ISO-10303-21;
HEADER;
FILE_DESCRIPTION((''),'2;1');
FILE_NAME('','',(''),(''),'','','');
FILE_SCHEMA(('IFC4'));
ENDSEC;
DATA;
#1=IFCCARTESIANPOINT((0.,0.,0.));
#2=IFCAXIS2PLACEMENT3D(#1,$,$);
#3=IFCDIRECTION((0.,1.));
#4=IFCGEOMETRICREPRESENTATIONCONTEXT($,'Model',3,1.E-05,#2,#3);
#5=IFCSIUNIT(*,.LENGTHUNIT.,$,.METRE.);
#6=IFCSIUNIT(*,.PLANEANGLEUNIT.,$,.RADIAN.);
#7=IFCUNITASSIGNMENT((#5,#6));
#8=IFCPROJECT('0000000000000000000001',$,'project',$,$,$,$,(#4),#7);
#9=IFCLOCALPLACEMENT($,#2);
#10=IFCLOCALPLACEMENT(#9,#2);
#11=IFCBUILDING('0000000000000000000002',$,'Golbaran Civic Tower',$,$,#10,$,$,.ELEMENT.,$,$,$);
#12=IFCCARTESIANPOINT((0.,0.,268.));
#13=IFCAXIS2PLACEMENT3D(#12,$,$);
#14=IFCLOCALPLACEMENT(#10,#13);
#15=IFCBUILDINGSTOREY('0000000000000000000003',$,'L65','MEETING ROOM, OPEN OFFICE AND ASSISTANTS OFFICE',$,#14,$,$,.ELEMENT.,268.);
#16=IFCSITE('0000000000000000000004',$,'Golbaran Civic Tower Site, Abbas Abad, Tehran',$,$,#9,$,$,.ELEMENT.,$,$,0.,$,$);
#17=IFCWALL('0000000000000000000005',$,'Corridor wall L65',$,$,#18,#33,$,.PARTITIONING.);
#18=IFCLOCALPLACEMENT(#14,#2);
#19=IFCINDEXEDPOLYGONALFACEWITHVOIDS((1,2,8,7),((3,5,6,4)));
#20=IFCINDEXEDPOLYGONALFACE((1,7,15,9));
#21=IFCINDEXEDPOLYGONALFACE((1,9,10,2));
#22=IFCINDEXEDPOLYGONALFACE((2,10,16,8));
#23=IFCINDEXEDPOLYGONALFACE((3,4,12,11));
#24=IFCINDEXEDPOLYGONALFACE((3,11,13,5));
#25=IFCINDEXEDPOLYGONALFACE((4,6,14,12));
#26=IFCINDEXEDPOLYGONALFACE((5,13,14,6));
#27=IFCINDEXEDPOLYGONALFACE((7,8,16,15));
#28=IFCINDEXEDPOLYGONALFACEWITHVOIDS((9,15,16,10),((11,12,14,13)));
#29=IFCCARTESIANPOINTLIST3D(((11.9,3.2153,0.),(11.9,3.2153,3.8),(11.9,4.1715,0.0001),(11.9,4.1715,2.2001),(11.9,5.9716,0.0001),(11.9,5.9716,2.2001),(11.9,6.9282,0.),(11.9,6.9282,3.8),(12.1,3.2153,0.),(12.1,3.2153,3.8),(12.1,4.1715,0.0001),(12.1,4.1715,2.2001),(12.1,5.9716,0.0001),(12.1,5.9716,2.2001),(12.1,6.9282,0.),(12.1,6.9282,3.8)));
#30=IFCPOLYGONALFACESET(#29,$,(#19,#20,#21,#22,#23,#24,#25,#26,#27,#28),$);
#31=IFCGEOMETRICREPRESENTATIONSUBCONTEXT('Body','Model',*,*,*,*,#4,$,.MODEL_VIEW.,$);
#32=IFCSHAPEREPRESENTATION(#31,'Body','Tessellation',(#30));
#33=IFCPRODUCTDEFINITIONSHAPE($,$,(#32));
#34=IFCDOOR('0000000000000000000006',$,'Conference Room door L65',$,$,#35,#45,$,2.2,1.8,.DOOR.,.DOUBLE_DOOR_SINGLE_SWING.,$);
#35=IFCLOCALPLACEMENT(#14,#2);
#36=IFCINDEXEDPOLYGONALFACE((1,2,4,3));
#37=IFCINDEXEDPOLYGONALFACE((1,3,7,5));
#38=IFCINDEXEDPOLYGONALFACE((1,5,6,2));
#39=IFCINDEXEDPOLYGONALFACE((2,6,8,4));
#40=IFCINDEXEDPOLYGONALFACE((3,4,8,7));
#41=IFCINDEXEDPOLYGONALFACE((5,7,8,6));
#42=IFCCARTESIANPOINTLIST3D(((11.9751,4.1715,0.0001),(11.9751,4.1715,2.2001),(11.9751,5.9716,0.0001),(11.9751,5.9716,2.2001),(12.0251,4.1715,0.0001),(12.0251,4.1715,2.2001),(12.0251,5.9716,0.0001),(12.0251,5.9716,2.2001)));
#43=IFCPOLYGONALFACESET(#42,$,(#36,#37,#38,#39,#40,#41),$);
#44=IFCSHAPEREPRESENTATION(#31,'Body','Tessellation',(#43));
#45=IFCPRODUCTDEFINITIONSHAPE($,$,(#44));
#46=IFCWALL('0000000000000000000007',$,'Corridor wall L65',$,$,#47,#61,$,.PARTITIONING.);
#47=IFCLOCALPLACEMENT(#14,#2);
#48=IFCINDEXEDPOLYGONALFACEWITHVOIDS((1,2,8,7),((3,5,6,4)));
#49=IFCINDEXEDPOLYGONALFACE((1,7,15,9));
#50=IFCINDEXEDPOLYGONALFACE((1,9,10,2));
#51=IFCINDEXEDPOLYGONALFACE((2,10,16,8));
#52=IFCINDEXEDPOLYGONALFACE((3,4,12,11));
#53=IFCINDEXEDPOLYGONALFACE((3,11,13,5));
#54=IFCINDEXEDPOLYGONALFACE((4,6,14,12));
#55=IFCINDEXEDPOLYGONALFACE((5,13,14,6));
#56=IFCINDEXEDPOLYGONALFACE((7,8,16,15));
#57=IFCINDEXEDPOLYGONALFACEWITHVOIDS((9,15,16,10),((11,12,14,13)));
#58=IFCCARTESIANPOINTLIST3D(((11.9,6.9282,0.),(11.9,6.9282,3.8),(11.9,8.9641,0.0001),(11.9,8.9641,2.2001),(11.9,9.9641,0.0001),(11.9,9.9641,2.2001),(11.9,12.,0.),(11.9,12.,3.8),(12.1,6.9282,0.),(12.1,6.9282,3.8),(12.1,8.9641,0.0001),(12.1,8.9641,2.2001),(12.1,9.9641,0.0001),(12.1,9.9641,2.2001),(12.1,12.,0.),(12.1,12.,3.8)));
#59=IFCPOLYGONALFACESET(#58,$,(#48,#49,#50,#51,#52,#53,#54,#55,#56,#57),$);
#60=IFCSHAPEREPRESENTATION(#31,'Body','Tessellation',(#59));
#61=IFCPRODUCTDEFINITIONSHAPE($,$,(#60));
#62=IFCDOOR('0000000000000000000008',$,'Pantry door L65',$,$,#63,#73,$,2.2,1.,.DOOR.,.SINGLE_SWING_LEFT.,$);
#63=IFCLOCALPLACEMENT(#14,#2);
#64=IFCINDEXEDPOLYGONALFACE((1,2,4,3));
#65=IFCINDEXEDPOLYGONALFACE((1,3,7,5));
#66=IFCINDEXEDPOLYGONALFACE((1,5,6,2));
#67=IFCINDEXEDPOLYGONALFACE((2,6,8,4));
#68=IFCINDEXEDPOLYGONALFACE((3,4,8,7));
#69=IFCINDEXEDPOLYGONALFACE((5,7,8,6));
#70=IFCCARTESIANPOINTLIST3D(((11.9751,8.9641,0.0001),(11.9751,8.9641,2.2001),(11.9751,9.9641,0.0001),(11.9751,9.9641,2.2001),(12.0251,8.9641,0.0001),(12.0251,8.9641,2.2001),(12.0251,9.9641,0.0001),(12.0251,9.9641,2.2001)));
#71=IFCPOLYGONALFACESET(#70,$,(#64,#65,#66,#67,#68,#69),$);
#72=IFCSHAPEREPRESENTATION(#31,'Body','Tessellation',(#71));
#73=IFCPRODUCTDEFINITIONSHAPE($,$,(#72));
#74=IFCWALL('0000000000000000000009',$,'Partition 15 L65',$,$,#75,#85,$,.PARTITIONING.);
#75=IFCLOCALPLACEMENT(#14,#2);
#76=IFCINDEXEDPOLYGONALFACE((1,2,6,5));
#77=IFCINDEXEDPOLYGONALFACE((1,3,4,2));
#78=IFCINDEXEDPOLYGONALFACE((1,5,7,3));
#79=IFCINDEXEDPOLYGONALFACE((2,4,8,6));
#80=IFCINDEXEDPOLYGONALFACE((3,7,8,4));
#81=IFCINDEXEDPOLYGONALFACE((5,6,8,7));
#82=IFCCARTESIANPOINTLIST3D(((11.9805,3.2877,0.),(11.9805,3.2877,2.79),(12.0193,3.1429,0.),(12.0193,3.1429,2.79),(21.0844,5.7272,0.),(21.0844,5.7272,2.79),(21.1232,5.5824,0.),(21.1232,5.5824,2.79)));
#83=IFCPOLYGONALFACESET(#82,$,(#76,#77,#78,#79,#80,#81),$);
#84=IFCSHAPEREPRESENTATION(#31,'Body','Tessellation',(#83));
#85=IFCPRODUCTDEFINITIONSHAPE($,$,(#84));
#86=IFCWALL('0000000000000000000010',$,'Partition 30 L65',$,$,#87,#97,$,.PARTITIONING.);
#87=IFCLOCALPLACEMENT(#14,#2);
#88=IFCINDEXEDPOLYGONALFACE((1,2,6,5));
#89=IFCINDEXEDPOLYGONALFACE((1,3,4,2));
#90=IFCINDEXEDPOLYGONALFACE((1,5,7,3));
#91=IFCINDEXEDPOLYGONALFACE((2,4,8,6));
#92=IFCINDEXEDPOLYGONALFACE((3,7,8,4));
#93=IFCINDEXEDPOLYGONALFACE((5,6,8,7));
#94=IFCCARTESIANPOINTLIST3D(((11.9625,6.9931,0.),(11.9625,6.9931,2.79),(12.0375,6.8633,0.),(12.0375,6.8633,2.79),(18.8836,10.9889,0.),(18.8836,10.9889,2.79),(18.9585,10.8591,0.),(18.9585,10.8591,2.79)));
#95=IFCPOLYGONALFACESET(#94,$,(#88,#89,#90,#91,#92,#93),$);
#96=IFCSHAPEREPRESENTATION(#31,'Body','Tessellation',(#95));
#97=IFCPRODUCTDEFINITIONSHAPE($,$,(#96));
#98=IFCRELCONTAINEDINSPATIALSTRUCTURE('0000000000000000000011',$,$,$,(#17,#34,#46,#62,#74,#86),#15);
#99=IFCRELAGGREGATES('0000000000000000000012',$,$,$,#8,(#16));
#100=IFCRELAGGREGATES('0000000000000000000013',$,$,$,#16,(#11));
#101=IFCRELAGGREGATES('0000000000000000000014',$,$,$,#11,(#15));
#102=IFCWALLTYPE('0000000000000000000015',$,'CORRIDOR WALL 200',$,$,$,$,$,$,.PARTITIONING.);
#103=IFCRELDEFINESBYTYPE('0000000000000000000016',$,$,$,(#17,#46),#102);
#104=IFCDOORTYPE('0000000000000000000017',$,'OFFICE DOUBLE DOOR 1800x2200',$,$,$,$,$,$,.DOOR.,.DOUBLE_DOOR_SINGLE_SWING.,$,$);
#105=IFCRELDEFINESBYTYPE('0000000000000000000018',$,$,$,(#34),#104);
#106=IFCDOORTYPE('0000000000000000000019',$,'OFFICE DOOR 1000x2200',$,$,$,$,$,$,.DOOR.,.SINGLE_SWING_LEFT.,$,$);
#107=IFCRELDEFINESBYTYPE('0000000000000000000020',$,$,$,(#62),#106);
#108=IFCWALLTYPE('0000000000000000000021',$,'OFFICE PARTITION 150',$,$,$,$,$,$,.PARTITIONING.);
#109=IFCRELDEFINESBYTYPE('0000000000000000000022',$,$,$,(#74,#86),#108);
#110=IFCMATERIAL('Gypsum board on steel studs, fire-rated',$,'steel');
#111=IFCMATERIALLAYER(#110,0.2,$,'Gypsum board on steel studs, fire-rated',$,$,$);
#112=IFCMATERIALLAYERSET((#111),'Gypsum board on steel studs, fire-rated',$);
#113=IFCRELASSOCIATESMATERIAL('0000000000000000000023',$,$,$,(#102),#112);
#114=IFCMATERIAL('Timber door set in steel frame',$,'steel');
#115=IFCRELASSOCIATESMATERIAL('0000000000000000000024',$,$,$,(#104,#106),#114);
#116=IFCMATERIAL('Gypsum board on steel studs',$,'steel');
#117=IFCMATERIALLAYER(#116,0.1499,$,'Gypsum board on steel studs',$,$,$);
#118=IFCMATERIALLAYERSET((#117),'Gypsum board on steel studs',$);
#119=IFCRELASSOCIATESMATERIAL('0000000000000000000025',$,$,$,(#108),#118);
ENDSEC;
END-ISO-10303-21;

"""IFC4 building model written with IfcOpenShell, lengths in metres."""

from ifc_helpers import new_model, si_unit, direction, frame, frame_2d, origin, place, context, subcontext, project, spatial, rectangle, extrude, material, layer, layer_set, type_object, element, fill, save


model = new_model("IFC4")

# Units and contexts
model_context = context("Model", 3, precision=1e-05, world=origin(), true_north=direction((0.0, 1.0)))
body_context = subcontext(model_context, "Body", "Model", "MODEL_VIEW")
ifc_project = project(units=[si_unit("LENGTHUNIT", "METRE"), si_unit("PLANEANGLEUNIT", "RADIAN")], contexts=[model_context])

# Site, building, storey
site_placement = place(None, origin())
site = spatial("IfcSite", under=ifc_project, at=site_placement, Name="Golbaran Civic Tower Site, Abbas Abad, Tehran", CompositionType="ELEMENT", RefElevation=0.0)
building_placement = place(site_placement, origin())
building = spatial("IfcBuilding", under=site, at=building_placement, Name="Golbaran Civic Tower", CompositionType="ELEMENT")
storey_placement = place(building_placement, frame((0.0, 0.0, 268.0)))
storey = spatial("IfcBuildingStorey", under=building, at=storey_placement, Name="L65", Description="MEETING ROOM, OPEN OFFICE AND ASSISTANTS OFFICE", CompositionType="ELEMENT", Elevation=268.0)

# Walls, openings, doors
ifc_material_1 = material(Name="Gypsum board on steel studs, fire-rated", Category="steel")
ifc_layer_1 = layer(ifc_material_1, 0.2, Name="Gypsum board on steel studs, fire-rated")
ifc_layer_set_1 = layer_set([ifc_layer_1], Name="Gypsum board on steel studs, fire-rated")
wall_type_1 = type_object("IfcWallType", Name="CORRIDOR WALL 200", PredefinedType="PARTITIONING", material=ifc_layer_set_1)
wall_1_placement = place(storey_placement, frame((12.0, 3.2153, 0.0), z_axis=(0.0, 0.0, 1.0), x_axis=(0.0, 1.0, 0.0)))
wall_1 = element("IfcWall", 1, at=wall_1_placement, inside=storey, type_object=wall_type_1, Name="Corridor wall L65", PredefinedType="PARTITIONING", context=body_context, shape_type="SweptSolid", body=[
    extrude(rectangle(XDim=3.7129, YDim=0.2, at=frame_2d((1.8564, 0.0))), origin(), (0.0, 0.0, 1.0), 3.8),
])
opening_1_placement = place(wall_1_placement, frame((0.9563, 0.0, 0.0)))
opening_1 = element("IfcOpeningElement", 2, at=opening_1_placement, cuts=wall_1, PredefinedType="OPENING", context=body_context, shape_type="SweptSolid", body=[
    extrude(rectangle(XDim=1.8, YDim=2.2, at=frame_2d((0.8999, 1.1001))), frame((0.0, 0.1099, 0.0), z_axis=(0.0, -1.0, 0.0), x_axis=(1.0, 0.0, 0.0)), (0.0, 0.0, 1.0), 0.22),
])
ifc_material_2 = material(Name="Timber door set in steel frame", Category="steel")
door_type_1 = type_object("IfcDoorType", Name="OFFICE DOUBLE DOOR 1800x2200", OperationType="DOUBLE_DOOR_SINGLE_SWING", PredefinedType="DOOR", material=ifc_material_2)
door_1_placement = place(opening_1_placement, origin())
door_1 = element("IfcDoor", 3, at=door_1_placement, inside=storey, type_object=door_type_1, Name="Conference Room door L65", OperationType="DOUBLE_DOOR_SINGLE_SWING", OverallHeight=2.2, OverallWidth=1.8, PredefinedType="DOOR", context=body_context, shape_type="SweptSolid", body=[
    extrude(rectangle(XDim=1.8, YDim=2.2, at=frame_2d((0.8999, 1.1001))), frame((0.0, 0.0249, 0.0), z_axis=(0.0, -1.0, 0.0), x_axis=(1.0, 0.0, 0.0)), (0.0, 0.0, 1.0), 0.05),
])
fill(opening_1, door_1)
wall_2_placement = place(storey_placement, frame((12.0, 6.9282, 0.0), z_axis=(0.0, 0.0, 1.0), x_axis=(0.0, 1.0, 0.0)))
wall_2 = element("IfcWall", 4, at=wall_2_placement, inside=storey, type_object=wall_type_1, Name="Corridor wall L65", PredefinedType="PARTITIONING", context=body_context, shape_type="SweptSolid", body=[
    extrude(rectangle(XDim=5.0718, YDim=0.2, at=frame_2d((2.5359, 0.0))), origin(), (0.0, 0.0, 1.0), 3.8),
])
opening_2_placement = place(wall_2_placement, frame((2.0359, 0.0, 0.0)))
opening_2 = element("IfcOpeningElement", 5, at=opening_2_placement, cuts=wall_2, PredefinedType="OPENING", context=body_context, shape_type="SweptSolid", body=[
    extrude(rectangle(XDim=1.0, YDim=2.2, at=frame_2d((0.5, 1.1001))), frame((0.0, 0.1099, 0.0), z_axis=(0.0, -1.0, 0.0), x_axis=(1.0, 0.0, 0.0)), (0.0, 0.0, 1.0), 0.22),
])
door_type_2 = type_object("IfcDoorType", Name="OFFICE DOOR 1000x2200", OperationType="SINGLE_SWING_LEFT", PredefinedType="DOOR", material=ifc_material_2)
door_2_placement = place(opening_2_placement, origin())
door_2 = element("IfcDoor", 6, at=door_2_placement, inside=storey, type_object=door_type_2, Name="Pantry door L65", OperationType="SINGLE_SWING_LEFT", OverallHeight=2.2, OverallWidth=1.0, PredefinedType="DOOR", context=body_context, shape_type="SweptSolid", body=[
    extrude(rectangle(XDim=1.0, YDim=2.2, at=frame_2d((0.5, 1.1001))), frame((0.0, 0.0249, 0.0), z_axis=(0.0, -1.0, 0.0), x_axis=(1.0, 0.0, 0.0)), (0.0, 0.0, 1.0), 0.05),
])
fill(opening_2, door_2)

# Walls
ifc_material_3 = material(Name="Gypsum board on steel studs", Category="steel")
ifc_layer_2 = layer(ifc_material_3, 0.1499, Name="Gypsum board on steel studs")
ifc_layer_set_2 = layer_set([ifc_layer_2], Name="Gypsum board on steel studs")
wall_type_2 = type_object("IfcWallType", Name="OFFICE PARTITION 150", PredefinedType="PARTITIONING", material=ifc_layer_set_2)
wall_3_placement = place(storey_placement, frame((12.0, 3.2153, 0.0), z_axis=(0.0, 0.0, 1.0), x_axis=(0.965923, 0.25883, 0.0)))
element("IfcWall", 7, at=wall_3_placement, inside=storey, type_object=wall_type_2, Name="Partition 15 L65", PredefinedType="PARTITIONING", context=body_context, shape_type="SweptSolid", body=[
    extrude(rectangle(XDim=9.425, YDim=0.1499, at=frame_2d((4.7124, 0.0))), origin(), (0.0, 0.0, 1.0), 2.79),
])
wall_4_placement = place(storey_placement, frame((12.0, 6.9282, 0.0), z_axis=(0.0, 0.0, 1.0), x_axis=(0.866029, 0.499993, 0.0)))
element("IfcWall", 8, at=wall_4_placement, inside=storey, type_object=wall_type_2, Name="Partition 30 L65", PredefinedType="PARTITIONING", context=body_context, shape_type="SweptSolid", body=[
    extrude(rectangle(XDim=7.9917, YDim=0.1499, at=frame_2d((3.9958, 0.0))), origin(), (0.0, 0.0, 1.0), 2.79),
])

save(model, "model.ifc")
